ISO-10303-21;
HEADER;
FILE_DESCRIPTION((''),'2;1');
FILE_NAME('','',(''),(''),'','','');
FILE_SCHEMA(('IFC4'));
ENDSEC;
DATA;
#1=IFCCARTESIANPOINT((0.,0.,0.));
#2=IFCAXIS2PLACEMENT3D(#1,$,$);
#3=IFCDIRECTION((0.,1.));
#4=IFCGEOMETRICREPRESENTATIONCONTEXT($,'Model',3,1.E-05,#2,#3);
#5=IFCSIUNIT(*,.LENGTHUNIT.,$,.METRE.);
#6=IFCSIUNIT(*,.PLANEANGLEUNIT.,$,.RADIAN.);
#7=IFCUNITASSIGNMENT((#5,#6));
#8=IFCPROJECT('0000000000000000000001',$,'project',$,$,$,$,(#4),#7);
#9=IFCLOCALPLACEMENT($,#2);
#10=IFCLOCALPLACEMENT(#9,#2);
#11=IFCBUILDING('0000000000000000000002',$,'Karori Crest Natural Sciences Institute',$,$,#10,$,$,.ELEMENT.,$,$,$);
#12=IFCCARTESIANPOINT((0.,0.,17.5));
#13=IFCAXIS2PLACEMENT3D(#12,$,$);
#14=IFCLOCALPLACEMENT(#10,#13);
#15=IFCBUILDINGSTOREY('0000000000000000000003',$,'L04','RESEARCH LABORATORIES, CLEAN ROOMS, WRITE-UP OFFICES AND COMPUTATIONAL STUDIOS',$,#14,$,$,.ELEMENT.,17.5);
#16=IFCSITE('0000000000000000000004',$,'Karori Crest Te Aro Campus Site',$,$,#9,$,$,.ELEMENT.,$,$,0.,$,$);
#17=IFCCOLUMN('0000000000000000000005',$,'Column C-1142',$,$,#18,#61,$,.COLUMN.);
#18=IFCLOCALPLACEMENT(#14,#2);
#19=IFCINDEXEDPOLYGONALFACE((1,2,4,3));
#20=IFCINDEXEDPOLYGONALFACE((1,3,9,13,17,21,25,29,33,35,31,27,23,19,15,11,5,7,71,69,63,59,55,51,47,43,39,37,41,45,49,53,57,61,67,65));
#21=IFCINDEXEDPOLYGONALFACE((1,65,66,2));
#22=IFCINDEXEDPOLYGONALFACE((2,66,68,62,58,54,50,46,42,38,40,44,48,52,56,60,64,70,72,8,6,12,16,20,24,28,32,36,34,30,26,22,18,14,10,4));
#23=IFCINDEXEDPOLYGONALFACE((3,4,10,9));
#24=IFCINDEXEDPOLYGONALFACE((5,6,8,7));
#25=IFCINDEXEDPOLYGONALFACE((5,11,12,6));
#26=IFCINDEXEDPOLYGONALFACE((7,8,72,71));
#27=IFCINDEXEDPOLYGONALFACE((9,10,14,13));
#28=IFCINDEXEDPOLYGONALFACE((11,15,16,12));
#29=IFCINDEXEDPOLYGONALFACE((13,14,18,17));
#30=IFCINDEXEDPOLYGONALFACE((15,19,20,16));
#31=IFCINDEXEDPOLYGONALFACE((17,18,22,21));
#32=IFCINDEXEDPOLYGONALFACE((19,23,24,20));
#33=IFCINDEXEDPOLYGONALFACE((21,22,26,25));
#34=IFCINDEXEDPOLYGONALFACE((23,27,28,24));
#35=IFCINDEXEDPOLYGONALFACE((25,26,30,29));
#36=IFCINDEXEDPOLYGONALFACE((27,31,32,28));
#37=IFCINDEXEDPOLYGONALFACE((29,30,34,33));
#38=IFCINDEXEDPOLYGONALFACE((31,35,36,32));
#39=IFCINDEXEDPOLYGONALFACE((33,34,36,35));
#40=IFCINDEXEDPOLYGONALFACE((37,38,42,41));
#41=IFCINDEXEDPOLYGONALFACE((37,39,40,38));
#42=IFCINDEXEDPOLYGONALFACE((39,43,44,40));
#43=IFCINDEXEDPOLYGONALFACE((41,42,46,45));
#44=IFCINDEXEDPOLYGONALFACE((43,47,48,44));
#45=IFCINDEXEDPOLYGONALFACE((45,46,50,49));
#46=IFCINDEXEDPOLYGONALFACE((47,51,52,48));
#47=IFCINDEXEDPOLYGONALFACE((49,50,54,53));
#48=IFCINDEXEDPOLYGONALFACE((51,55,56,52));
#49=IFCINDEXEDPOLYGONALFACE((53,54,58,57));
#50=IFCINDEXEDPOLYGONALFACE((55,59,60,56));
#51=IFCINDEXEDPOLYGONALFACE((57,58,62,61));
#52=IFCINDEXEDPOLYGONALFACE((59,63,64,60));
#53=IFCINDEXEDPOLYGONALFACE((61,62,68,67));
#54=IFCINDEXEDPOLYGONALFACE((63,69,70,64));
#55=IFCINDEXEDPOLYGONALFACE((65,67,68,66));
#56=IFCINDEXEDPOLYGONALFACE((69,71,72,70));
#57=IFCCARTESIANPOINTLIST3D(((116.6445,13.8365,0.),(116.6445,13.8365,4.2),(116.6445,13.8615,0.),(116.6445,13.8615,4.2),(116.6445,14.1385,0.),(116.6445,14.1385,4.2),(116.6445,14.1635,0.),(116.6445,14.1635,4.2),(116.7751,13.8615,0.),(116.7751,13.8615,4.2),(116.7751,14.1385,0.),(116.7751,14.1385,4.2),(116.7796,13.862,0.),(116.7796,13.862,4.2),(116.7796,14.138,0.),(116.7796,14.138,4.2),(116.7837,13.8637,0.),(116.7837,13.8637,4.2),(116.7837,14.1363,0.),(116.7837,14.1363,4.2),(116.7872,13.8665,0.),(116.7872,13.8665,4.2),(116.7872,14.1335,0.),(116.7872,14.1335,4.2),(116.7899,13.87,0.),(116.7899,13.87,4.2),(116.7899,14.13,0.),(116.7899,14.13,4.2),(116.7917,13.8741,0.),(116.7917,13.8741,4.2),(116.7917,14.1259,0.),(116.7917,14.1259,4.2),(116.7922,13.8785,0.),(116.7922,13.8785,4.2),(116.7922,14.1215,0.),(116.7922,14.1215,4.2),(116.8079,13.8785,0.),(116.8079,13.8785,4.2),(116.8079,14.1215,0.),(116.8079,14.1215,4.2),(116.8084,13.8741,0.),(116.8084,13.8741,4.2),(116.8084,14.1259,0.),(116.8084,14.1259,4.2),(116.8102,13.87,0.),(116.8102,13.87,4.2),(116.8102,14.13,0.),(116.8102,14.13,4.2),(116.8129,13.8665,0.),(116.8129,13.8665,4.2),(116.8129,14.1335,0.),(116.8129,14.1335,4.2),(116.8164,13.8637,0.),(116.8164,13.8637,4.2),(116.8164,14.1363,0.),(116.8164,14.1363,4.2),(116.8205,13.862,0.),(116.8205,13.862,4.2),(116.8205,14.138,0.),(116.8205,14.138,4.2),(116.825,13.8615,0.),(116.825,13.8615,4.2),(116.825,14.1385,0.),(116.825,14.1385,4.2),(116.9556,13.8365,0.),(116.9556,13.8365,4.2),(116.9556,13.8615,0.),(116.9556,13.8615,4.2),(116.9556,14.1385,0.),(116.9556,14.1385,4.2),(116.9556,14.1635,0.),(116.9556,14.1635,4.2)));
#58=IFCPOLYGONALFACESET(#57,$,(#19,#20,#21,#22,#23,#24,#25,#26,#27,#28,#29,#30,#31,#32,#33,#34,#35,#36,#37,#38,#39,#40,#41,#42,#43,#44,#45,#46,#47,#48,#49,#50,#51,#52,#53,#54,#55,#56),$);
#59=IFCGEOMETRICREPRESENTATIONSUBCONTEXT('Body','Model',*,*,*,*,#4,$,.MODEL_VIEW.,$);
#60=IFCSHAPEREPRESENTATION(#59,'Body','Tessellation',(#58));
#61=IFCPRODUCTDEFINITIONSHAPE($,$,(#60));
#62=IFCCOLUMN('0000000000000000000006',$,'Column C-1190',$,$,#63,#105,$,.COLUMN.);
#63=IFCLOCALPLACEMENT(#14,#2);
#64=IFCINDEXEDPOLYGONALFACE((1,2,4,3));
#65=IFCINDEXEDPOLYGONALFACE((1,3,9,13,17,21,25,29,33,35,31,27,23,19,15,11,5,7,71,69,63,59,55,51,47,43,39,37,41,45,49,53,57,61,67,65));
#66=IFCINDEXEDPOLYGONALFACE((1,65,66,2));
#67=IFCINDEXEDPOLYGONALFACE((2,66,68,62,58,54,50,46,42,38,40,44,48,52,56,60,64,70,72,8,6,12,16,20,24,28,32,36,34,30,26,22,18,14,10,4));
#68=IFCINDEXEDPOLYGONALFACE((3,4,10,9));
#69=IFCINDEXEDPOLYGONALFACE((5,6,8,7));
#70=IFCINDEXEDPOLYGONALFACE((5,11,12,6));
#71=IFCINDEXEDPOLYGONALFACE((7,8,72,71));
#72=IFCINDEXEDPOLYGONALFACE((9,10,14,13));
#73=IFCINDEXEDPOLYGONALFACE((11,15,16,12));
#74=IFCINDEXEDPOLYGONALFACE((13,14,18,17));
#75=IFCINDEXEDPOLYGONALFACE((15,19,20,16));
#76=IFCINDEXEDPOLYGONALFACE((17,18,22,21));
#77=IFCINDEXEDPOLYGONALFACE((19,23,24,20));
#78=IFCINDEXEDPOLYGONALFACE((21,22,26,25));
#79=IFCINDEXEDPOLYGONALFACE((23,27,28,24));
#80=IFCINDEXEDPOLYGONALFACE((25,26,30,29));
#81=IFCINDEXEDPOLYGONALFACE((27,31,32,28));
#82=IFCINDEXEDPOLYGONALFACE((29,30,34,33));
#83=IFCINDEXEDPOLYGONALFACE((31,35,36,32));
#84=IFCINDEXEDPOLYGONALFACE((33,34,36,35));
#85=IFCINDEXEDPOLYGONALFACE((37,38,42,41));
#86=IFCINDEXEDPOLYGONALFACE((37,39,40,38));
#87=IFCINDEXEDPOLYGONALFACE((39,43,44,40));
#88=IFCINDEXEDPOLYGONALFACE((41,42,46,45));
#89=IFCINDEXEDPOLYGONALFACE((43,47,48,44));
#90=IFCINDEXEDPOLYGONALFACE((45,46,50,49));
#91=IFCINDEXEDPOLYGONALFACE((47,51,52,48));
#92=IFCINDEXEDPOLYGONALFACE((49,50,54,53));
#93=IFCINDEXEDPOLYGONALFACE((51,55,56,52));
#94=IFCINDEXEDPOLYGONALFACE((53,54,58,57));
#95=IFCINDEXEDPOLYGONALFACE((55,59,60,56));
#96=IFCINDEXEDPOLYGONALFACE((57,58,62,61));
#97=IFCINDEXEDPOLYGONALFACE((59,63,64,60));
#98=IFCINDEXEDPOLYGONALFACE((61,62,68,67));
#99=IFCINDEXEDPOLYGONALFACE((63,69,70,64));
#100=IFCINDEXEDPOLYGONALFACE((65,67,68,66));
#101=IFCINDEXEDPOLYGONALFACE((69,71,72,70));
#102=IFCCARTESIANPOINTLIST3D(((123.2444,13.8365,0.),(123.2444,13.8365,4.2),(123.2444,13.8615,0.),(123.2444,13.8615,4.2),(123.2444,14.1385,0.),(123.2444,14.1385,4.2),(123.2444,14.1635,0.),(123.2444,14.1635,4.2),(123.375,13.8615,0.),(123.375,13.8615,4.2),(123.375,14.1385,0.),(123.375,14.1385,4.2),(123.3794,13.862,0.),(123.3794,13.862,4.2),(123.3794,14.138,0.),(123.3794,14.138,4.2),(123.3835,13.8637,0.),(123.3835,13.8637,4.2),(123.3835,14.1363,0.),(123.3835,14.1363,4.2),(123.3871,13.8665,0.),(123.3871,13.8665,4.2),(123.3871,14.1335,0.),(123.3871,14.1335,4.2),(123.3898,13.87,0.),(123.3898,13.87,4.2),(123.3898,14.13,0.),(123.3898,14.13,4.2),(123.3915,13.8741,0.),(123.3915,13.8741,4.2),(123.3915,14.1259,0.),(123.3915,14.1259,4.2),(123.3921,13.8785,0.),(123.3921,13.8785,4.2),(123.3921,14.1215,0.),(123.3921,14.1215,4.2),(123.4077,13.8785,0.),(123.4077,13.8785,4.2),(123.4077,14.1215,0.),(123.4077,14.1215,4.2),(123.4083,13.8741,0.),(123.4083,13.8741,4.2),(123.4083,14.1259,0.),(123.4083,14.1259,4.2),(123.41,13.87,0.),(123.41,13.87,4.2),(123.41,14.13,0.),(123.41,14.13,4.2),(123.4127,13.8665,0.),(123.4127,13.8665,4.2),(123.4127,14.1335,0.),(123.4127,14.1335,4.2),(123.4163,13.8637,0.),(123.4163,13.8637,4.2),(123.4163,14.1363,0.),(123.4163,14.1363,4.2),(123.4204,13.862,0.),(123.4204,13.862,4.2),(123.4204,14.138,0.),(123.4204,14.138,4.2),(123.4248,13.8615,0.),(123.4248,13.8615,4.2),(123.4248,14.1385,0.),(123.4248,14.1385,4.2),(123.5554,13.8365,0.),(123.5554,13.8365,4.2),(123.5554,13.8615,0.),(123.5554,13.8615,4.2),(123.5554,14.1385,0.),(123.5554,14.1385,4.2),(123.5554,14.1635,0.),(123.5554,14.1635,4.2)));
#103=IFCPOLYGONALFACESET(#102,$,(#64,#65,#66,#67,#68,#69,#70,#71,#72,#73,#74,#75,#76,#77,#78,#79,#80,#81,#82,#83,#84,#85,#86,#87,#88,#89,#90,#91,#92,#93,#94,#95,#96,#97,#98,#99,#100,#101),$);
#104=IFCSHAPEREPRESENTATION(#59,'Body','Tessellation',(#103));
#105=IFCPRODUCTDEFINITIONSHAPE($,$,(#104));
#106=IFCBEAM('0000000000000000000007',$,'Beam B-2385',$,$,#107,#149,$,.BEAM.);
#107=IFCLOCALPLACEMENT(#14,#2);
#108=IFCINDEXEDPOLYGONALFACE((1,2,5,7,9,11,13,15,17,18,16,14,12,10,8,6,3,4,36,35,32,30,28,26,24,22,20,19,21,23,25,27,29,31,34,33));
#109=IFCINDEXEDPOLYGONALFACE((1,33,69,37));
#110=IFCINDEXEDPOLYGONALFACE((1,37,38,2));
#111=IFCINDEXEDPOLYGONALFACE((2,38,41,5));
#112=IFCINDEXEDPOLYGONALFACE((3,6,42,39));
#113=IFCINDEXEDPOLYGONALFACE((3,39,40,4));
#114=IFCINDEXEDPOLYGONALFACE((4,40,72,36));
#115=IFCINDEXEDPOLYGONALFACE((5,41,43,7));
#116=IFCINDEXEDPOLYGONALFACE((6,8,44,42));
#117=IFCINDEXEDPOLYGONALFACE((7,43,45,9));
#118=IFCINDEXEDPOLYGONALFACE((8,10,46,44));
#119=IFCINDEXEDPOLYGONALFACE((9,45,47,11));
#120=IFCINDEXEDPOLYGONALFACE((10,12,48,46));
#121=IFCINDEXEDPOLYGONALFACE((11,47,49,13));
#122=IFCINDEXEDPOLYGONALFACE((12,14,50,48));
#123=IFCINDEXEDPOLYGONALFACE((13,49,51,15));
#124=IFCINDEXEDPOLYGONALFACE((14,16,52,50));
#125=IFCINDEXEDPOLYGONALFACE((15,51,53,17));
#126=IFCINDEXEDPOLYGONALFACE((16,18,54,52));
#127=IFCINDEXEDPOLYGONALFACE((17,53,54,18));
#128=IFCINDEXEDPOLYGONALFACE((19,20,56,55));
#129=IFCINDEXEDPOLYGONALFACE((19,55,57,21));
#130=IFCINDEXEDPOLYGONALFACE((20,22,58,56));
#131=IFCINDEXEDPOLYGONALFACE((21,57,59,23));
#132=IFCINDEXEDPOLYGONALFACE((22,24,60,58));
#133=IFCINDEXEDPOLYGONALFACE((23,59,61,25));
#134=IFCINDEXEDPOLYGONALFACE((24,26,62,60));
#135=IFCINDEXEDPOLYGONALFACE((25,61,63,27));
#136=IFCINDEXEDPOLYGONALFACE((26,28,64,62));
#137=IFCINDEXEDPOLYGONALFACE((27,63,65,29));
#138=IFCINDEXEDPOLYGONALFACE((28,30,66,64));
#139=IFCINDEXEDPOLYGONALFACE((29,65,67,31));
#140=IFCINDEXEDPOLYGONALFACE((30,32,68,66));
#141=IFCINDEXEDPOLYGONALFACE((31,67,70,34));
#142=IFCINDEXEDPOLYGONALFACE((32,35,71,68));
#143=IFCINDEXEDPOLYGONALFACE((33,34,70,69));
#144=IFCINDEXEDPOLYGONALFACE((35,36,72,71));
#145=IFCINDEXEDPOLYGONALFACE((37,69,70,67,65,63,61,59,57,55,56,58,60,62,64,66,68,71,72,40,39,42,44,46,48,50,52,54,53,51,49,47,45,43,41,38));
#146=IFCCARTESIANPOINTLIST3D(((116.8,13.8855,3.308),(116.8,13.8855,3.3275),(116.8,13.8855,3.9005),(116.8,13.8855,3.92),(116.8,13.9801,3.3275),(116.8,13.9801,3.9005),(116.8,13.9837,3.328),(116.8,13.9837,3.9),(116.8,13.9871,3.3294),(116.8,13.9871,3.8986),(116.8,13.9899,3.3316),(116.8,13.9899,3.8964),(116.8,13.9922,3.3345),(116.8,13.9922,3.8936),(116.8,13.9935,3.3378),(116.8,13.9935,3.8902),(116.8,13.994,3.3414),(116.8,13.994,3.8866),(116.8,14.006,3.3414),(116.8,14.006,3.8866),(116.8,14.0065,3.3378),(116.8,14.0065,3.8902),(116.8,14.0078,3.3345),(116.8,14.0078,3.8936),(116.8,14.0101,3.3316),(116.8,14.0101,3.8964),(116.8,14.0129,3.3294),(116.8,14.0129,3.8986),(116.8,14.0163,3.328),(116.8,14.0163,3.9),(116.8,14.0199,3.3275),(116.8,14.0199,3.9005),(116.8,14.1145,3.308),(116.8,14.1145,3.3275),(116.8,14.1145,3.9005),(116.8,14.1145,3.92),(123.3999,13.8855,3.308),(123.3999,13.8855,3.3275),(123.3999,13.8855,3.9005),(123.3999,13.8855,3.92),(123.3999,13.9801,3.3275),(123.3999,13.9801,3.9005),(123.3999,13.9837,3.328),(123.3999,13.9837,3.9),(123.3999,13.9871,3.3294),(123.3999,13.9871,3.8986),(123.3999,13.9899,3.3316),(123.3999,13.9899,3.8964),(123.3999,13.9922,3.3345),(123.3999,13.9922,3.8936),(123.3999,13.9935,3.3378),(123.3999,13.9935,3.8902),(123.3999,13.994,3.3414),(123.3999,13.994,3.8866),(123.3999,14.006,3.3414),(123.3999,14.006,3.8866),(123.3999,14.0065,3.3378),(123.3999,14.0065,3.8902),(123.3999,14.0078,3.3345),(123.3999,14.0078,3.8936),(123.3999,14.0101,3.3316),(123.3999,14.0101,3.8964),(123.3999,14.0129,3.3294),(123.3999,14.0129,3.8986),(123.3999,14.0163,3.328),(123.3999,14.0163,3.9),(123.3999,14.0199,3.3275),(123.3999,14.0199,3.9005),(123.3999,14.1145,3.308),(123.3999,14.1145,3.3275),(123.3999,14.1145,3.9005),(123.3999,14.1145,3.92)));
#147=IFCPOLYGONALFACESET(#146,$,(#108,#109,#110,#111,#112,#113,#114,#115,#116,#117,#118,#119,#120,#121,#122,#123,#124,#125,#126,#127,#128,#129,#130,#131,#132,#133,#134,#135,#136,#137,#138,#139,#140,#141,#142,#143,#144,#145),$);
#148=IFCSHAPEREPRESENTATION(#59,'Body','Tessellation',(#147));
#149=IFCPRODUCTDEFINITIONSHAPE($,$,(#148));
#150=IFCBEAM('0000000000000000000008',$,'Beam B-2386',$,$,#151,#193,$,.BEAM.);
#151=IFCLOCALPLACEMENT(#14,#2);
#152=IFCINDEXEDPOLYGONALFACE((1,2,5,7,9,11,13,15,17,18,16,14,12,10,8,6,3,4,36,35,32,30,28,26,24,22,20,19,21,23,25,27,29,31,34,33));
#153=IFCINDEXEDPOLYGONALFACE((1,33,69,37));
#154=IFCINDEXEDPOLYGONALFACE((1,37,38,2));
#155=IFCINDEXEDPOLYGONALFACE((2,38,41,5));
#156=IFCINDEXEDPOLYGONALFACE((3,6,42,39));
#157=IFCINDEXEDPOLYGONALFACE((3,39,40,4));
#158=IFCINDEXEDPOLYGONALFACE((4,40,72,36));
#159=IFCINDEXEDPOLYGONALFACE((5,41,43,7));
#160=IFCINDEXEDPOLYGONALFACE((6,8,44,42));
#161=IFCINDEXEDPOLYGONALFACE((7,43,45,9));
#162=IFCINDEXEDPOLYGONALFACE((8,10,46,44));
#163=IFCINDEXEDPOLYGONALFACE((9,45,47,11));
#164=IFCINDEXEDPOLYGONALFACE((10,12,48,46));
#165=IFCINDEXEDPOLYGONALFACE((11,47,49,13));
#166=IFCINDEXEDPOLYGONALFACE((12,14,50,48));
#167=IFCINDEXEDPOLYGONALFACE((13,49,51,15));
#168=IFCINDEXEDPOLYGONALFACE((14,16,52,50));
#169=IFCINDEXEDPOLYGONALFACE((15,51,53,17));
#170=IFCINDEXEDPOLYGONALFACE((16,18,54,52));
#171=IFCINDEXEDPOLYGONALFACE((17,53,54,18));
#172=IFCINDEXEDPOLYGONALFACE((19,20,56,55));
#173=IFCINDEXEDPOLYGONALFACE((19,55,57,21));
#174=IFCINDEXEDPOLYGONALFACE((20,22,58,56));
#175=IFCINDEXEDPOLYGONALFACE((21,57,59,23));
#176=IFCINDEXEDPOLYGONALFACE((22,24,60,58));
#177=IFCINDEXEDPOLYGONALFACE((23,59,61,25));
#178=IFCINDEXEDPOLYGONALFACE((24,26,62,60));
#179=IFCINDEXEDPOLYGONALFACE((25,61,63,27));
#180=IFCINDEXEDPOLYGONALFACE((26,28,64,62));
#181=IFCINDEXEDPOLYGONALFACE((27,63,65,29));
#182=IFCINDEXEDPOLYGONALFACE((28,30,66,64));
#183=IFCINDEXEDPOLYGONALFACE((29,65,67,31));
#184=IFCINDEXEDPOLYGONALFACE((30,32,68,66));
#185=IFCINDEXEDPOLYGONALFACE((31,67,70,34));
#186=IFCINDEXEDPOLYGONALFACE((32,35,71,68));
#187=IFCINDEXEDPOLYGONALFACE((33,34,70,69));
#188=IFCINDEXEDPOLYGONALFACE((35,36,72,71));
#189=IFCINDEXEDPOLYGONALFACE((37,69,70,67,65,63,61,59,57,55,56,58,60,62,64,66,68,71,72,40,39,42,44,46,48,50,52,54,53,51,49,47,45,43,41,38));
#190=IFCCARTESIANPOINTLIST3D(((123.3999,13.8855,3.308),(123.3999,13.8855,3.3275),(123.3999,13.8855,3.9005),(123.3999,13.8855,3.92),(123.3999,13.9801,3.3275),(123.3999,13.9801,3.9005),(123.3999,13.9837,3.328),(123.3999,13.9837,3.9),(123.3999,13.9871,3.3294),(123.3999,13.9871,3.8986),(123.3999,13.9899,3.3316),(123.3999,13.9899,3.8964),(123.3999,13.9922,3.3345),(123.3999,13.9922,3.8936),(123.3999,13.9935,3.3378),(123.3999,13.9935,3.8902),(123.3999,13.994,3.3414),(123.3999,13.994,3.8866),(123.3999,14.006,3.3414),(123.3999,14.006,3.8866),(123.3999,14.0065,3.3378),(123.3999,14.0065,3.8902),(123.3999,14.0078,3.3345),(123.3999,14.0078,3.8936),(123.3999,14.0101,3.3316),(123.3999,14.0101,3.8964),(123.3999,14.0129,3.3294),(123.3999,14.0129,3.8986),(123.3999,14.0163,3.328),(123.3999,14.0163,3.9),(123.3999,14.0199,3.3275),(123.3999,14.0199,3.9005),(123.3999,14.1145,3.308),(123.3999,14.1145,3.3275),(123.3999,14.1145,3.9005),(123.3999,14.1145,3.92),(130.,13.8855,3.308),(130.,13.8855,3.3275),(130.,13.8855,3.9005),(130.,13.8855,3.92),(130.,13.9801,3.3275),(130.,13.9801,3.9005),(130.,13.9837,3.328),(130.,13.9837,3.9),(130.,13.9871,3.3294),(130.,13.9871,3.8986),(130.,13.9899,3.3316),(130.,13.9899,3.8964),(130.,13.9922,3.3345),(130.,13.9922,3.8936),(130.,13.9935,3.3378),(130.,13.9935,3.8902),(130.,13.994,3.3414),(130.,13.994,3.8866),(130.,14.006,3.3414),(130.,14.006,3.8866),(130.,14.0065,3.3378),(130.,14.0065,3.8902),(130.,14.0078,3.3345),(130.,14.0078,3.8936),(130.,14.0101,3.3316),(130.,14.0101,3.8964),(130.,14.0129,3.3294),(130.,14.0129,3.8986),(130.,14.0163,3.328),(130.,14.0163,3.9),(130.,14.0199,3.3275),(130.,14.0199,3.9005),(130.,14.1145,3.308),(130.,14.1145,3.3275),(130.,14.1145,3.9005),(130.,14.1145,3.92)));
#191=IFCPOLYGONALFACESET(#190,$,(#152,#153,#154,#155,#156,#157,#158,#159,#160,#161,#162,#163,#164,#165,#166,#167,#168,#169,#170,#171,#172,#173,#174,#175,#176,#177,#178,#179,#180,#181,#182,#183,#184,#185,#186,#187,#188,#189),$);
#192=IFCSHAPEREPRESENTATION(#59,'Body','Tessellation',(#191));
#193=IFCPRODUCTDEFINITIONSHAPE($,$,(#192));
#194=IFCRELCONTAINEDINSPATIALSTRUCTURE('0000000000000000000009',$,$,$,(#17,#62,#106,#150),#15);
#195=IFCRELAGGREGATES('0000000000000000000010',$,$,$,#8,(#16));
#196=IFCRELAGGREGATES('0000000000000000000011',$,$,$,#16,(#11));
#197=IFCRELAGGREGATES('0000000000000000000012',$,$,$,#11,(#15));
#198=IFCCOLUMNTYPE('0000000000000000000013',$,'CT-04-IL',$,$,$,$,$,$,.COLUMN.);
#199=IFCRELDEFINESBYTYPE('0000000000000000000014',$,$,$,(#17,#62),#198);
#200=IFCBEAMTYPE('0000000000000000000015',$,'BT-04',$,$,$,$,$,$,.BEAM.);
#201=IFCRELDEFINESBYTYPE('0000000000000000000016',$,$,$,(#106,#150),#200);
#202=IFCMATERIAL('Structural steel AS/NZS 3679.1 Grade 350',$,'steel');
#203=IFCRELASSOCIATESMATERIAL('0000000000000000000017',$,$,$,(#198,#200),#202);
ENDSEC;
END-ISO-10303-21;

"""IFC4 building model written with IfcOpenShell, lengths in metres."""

from ifc_helpers import new_model, si_unit, direction, frame, origin, origin_2d, place, context, subcontext, project, spatial, i_section, extrude, material, material_profile, profile_set, type_object, element, save


model = new_model("IFC4")

# Units and contexts
model_context = context("Model", 3, precision=1e-05, world=origin(), true_north=direction((0.0, 1.0)))
body_context = subcontext(model_context, "Body", "Model", "MODEL_VIEW")
ifc_project = project(units=[si_unit("LENGTHUNIT", "METRE"), si_unit("PLANEANGLEUNIT", "RADIAN")], contexts=[model_context])

# Site, building, storey
site_placement = place(None, origin())
site = spatial("IfcSite", under=ifc_project, at=site_placement, Name="Karori Crest Te Aro Campus Site", CompositionType="ELEMENT", RefElevation=0.0)
building_placement = place(site_placement, origin())
building = spatial("IfcBuilding", under=site, at=building_placement, Name="Karori Crest Natural Sciences Institute", CompositionType="ELEMENT")
storey_placement = place(building_placement, frame((0.0, 0.0, 17.5)))
storey = spatial("IfcBuildingStorey", under=building, at=storey_placement, Name="L04", Description="RESEARCH LABORATORIES, CLEAN ROOMS, WRITE-UP OFFICES AND COMPUTATIONAL STUDIOS", CompositionType="ELEMENT", Elevation=17.5)

# Columns
ifc_material_1 = material(Name="Structural steel AS/NZS 3679.1 Grade 350", Category="steel")
ifc_material_profile_1 = material_profile(ifc_material_1, i_section(OverallWidth=0.311, OverallDepth=0.3269, WebThickness=0.0156, FlangeThickness=0.0249, FilletRadius=0.0171, at=origin_2d()), Name="310UC158")
ifc_profile_set_1 = profile_set([ifc_material_profile_1], Name="Structural steel AS/NZS 3679.1 Grade 350")
column_type = type_object("IfcColumnType", Name="CT-04-IL", PredefinedType="COLUMN", material=ifc_profile_set_1)
for number, where, z_axis, x_axis, name in (
    (1, (116.8, 14.0, 0.0), (0.0, 0.0, 1.0), (1.0, 0.0, 0.0), "Column C-1142"),
    (2, (123.3999, 14.0, 0.0), (0.0, 0.0, 1.0), (1.0, 0.0, 0.0), "Column C-1190"),
):
    element("IfcColumn", number, at=place(storey_placement, frame(where, z_axis=z_axis, x_axis=x_axis)), inside=storey, type_object=column_type, Name=name, PredefinedType="COLUMN", context=body_context, shape_type="SweptSolid", body=[
        extrude(i_section(OverallWidth=0.311, OverallDepth=0.3269, WebThickness=0.0156, FlangeThickness=0.0249, FilletRadius=0.0171, at=origin_2d()), origin(), (0.0, 0.0, 1.0), 4.2),
    ])

# Beams
ifc_material_profile_2 = material_profile(ifc_material_1, i_section(OverallWidth=0.229, OverallDepth=0.6121, WebThickness=0.012, FlangeThickness=0.0195, FilletRadius=0.0139, at=origin_2d()), Name="610UB125")
ifc_profile_set_2 = profile_set([ifc_material_profile_2], Name="Structural steel AS/NZS 3679.1 Grade 350")
beam_type_1 = type_object("IfcBeamType", Name="BT-04", PredefinedType="BEAM", material=ifc_profile_set_2)
beam_1_placement = place(storey_placement, frame((116.8, 14.0, 3.614), z_axis=(1.0, 0.0, 0.0), x_axis=(0.0, 1.0, 0.0)))
element("IfcBeam", 3, at=beam_1_placement, inside=storey, type_object=beam_type_1, Name="Beam B-2385", PredefinedType="BEAM", context=body_context, shape_type="SweptSolid", body=[
    extrude(i_section(OverallWidth=0.229, OverallDepth=0.6121, WebThickness=0.012, FlangeThickness=0.0195, FilletRadius=0.0139, at=origin_2d()), origin(), (0.0, 0.0, 1.0), 6.5999),
])
beam_2_placement = place(storey_placement, frame((123.3999, 14.0, 3.614), z_axis=(1.0, 0.0, 0.0), x_axis=(0.0, 1.0, 0.0)))
element("IfcBeam", 4, at=beam_2_placement, inside=storey, type_object=beam_type_1, Name="Beam B-2386", PredefinedType="BEAM", context=body_context, shape_type="SweptSolid", body=[
    extrude(i_section(OverallWidth=0.229, OverallDepth=0.6121, WebThickness=0.012, FlangeThickness=0.0195, FilletRadius=0.0139, at=origin_2d()), origin(), (0.0, 0.0, 1.0), 6.6001),
])

save(model, "model.ifc")
